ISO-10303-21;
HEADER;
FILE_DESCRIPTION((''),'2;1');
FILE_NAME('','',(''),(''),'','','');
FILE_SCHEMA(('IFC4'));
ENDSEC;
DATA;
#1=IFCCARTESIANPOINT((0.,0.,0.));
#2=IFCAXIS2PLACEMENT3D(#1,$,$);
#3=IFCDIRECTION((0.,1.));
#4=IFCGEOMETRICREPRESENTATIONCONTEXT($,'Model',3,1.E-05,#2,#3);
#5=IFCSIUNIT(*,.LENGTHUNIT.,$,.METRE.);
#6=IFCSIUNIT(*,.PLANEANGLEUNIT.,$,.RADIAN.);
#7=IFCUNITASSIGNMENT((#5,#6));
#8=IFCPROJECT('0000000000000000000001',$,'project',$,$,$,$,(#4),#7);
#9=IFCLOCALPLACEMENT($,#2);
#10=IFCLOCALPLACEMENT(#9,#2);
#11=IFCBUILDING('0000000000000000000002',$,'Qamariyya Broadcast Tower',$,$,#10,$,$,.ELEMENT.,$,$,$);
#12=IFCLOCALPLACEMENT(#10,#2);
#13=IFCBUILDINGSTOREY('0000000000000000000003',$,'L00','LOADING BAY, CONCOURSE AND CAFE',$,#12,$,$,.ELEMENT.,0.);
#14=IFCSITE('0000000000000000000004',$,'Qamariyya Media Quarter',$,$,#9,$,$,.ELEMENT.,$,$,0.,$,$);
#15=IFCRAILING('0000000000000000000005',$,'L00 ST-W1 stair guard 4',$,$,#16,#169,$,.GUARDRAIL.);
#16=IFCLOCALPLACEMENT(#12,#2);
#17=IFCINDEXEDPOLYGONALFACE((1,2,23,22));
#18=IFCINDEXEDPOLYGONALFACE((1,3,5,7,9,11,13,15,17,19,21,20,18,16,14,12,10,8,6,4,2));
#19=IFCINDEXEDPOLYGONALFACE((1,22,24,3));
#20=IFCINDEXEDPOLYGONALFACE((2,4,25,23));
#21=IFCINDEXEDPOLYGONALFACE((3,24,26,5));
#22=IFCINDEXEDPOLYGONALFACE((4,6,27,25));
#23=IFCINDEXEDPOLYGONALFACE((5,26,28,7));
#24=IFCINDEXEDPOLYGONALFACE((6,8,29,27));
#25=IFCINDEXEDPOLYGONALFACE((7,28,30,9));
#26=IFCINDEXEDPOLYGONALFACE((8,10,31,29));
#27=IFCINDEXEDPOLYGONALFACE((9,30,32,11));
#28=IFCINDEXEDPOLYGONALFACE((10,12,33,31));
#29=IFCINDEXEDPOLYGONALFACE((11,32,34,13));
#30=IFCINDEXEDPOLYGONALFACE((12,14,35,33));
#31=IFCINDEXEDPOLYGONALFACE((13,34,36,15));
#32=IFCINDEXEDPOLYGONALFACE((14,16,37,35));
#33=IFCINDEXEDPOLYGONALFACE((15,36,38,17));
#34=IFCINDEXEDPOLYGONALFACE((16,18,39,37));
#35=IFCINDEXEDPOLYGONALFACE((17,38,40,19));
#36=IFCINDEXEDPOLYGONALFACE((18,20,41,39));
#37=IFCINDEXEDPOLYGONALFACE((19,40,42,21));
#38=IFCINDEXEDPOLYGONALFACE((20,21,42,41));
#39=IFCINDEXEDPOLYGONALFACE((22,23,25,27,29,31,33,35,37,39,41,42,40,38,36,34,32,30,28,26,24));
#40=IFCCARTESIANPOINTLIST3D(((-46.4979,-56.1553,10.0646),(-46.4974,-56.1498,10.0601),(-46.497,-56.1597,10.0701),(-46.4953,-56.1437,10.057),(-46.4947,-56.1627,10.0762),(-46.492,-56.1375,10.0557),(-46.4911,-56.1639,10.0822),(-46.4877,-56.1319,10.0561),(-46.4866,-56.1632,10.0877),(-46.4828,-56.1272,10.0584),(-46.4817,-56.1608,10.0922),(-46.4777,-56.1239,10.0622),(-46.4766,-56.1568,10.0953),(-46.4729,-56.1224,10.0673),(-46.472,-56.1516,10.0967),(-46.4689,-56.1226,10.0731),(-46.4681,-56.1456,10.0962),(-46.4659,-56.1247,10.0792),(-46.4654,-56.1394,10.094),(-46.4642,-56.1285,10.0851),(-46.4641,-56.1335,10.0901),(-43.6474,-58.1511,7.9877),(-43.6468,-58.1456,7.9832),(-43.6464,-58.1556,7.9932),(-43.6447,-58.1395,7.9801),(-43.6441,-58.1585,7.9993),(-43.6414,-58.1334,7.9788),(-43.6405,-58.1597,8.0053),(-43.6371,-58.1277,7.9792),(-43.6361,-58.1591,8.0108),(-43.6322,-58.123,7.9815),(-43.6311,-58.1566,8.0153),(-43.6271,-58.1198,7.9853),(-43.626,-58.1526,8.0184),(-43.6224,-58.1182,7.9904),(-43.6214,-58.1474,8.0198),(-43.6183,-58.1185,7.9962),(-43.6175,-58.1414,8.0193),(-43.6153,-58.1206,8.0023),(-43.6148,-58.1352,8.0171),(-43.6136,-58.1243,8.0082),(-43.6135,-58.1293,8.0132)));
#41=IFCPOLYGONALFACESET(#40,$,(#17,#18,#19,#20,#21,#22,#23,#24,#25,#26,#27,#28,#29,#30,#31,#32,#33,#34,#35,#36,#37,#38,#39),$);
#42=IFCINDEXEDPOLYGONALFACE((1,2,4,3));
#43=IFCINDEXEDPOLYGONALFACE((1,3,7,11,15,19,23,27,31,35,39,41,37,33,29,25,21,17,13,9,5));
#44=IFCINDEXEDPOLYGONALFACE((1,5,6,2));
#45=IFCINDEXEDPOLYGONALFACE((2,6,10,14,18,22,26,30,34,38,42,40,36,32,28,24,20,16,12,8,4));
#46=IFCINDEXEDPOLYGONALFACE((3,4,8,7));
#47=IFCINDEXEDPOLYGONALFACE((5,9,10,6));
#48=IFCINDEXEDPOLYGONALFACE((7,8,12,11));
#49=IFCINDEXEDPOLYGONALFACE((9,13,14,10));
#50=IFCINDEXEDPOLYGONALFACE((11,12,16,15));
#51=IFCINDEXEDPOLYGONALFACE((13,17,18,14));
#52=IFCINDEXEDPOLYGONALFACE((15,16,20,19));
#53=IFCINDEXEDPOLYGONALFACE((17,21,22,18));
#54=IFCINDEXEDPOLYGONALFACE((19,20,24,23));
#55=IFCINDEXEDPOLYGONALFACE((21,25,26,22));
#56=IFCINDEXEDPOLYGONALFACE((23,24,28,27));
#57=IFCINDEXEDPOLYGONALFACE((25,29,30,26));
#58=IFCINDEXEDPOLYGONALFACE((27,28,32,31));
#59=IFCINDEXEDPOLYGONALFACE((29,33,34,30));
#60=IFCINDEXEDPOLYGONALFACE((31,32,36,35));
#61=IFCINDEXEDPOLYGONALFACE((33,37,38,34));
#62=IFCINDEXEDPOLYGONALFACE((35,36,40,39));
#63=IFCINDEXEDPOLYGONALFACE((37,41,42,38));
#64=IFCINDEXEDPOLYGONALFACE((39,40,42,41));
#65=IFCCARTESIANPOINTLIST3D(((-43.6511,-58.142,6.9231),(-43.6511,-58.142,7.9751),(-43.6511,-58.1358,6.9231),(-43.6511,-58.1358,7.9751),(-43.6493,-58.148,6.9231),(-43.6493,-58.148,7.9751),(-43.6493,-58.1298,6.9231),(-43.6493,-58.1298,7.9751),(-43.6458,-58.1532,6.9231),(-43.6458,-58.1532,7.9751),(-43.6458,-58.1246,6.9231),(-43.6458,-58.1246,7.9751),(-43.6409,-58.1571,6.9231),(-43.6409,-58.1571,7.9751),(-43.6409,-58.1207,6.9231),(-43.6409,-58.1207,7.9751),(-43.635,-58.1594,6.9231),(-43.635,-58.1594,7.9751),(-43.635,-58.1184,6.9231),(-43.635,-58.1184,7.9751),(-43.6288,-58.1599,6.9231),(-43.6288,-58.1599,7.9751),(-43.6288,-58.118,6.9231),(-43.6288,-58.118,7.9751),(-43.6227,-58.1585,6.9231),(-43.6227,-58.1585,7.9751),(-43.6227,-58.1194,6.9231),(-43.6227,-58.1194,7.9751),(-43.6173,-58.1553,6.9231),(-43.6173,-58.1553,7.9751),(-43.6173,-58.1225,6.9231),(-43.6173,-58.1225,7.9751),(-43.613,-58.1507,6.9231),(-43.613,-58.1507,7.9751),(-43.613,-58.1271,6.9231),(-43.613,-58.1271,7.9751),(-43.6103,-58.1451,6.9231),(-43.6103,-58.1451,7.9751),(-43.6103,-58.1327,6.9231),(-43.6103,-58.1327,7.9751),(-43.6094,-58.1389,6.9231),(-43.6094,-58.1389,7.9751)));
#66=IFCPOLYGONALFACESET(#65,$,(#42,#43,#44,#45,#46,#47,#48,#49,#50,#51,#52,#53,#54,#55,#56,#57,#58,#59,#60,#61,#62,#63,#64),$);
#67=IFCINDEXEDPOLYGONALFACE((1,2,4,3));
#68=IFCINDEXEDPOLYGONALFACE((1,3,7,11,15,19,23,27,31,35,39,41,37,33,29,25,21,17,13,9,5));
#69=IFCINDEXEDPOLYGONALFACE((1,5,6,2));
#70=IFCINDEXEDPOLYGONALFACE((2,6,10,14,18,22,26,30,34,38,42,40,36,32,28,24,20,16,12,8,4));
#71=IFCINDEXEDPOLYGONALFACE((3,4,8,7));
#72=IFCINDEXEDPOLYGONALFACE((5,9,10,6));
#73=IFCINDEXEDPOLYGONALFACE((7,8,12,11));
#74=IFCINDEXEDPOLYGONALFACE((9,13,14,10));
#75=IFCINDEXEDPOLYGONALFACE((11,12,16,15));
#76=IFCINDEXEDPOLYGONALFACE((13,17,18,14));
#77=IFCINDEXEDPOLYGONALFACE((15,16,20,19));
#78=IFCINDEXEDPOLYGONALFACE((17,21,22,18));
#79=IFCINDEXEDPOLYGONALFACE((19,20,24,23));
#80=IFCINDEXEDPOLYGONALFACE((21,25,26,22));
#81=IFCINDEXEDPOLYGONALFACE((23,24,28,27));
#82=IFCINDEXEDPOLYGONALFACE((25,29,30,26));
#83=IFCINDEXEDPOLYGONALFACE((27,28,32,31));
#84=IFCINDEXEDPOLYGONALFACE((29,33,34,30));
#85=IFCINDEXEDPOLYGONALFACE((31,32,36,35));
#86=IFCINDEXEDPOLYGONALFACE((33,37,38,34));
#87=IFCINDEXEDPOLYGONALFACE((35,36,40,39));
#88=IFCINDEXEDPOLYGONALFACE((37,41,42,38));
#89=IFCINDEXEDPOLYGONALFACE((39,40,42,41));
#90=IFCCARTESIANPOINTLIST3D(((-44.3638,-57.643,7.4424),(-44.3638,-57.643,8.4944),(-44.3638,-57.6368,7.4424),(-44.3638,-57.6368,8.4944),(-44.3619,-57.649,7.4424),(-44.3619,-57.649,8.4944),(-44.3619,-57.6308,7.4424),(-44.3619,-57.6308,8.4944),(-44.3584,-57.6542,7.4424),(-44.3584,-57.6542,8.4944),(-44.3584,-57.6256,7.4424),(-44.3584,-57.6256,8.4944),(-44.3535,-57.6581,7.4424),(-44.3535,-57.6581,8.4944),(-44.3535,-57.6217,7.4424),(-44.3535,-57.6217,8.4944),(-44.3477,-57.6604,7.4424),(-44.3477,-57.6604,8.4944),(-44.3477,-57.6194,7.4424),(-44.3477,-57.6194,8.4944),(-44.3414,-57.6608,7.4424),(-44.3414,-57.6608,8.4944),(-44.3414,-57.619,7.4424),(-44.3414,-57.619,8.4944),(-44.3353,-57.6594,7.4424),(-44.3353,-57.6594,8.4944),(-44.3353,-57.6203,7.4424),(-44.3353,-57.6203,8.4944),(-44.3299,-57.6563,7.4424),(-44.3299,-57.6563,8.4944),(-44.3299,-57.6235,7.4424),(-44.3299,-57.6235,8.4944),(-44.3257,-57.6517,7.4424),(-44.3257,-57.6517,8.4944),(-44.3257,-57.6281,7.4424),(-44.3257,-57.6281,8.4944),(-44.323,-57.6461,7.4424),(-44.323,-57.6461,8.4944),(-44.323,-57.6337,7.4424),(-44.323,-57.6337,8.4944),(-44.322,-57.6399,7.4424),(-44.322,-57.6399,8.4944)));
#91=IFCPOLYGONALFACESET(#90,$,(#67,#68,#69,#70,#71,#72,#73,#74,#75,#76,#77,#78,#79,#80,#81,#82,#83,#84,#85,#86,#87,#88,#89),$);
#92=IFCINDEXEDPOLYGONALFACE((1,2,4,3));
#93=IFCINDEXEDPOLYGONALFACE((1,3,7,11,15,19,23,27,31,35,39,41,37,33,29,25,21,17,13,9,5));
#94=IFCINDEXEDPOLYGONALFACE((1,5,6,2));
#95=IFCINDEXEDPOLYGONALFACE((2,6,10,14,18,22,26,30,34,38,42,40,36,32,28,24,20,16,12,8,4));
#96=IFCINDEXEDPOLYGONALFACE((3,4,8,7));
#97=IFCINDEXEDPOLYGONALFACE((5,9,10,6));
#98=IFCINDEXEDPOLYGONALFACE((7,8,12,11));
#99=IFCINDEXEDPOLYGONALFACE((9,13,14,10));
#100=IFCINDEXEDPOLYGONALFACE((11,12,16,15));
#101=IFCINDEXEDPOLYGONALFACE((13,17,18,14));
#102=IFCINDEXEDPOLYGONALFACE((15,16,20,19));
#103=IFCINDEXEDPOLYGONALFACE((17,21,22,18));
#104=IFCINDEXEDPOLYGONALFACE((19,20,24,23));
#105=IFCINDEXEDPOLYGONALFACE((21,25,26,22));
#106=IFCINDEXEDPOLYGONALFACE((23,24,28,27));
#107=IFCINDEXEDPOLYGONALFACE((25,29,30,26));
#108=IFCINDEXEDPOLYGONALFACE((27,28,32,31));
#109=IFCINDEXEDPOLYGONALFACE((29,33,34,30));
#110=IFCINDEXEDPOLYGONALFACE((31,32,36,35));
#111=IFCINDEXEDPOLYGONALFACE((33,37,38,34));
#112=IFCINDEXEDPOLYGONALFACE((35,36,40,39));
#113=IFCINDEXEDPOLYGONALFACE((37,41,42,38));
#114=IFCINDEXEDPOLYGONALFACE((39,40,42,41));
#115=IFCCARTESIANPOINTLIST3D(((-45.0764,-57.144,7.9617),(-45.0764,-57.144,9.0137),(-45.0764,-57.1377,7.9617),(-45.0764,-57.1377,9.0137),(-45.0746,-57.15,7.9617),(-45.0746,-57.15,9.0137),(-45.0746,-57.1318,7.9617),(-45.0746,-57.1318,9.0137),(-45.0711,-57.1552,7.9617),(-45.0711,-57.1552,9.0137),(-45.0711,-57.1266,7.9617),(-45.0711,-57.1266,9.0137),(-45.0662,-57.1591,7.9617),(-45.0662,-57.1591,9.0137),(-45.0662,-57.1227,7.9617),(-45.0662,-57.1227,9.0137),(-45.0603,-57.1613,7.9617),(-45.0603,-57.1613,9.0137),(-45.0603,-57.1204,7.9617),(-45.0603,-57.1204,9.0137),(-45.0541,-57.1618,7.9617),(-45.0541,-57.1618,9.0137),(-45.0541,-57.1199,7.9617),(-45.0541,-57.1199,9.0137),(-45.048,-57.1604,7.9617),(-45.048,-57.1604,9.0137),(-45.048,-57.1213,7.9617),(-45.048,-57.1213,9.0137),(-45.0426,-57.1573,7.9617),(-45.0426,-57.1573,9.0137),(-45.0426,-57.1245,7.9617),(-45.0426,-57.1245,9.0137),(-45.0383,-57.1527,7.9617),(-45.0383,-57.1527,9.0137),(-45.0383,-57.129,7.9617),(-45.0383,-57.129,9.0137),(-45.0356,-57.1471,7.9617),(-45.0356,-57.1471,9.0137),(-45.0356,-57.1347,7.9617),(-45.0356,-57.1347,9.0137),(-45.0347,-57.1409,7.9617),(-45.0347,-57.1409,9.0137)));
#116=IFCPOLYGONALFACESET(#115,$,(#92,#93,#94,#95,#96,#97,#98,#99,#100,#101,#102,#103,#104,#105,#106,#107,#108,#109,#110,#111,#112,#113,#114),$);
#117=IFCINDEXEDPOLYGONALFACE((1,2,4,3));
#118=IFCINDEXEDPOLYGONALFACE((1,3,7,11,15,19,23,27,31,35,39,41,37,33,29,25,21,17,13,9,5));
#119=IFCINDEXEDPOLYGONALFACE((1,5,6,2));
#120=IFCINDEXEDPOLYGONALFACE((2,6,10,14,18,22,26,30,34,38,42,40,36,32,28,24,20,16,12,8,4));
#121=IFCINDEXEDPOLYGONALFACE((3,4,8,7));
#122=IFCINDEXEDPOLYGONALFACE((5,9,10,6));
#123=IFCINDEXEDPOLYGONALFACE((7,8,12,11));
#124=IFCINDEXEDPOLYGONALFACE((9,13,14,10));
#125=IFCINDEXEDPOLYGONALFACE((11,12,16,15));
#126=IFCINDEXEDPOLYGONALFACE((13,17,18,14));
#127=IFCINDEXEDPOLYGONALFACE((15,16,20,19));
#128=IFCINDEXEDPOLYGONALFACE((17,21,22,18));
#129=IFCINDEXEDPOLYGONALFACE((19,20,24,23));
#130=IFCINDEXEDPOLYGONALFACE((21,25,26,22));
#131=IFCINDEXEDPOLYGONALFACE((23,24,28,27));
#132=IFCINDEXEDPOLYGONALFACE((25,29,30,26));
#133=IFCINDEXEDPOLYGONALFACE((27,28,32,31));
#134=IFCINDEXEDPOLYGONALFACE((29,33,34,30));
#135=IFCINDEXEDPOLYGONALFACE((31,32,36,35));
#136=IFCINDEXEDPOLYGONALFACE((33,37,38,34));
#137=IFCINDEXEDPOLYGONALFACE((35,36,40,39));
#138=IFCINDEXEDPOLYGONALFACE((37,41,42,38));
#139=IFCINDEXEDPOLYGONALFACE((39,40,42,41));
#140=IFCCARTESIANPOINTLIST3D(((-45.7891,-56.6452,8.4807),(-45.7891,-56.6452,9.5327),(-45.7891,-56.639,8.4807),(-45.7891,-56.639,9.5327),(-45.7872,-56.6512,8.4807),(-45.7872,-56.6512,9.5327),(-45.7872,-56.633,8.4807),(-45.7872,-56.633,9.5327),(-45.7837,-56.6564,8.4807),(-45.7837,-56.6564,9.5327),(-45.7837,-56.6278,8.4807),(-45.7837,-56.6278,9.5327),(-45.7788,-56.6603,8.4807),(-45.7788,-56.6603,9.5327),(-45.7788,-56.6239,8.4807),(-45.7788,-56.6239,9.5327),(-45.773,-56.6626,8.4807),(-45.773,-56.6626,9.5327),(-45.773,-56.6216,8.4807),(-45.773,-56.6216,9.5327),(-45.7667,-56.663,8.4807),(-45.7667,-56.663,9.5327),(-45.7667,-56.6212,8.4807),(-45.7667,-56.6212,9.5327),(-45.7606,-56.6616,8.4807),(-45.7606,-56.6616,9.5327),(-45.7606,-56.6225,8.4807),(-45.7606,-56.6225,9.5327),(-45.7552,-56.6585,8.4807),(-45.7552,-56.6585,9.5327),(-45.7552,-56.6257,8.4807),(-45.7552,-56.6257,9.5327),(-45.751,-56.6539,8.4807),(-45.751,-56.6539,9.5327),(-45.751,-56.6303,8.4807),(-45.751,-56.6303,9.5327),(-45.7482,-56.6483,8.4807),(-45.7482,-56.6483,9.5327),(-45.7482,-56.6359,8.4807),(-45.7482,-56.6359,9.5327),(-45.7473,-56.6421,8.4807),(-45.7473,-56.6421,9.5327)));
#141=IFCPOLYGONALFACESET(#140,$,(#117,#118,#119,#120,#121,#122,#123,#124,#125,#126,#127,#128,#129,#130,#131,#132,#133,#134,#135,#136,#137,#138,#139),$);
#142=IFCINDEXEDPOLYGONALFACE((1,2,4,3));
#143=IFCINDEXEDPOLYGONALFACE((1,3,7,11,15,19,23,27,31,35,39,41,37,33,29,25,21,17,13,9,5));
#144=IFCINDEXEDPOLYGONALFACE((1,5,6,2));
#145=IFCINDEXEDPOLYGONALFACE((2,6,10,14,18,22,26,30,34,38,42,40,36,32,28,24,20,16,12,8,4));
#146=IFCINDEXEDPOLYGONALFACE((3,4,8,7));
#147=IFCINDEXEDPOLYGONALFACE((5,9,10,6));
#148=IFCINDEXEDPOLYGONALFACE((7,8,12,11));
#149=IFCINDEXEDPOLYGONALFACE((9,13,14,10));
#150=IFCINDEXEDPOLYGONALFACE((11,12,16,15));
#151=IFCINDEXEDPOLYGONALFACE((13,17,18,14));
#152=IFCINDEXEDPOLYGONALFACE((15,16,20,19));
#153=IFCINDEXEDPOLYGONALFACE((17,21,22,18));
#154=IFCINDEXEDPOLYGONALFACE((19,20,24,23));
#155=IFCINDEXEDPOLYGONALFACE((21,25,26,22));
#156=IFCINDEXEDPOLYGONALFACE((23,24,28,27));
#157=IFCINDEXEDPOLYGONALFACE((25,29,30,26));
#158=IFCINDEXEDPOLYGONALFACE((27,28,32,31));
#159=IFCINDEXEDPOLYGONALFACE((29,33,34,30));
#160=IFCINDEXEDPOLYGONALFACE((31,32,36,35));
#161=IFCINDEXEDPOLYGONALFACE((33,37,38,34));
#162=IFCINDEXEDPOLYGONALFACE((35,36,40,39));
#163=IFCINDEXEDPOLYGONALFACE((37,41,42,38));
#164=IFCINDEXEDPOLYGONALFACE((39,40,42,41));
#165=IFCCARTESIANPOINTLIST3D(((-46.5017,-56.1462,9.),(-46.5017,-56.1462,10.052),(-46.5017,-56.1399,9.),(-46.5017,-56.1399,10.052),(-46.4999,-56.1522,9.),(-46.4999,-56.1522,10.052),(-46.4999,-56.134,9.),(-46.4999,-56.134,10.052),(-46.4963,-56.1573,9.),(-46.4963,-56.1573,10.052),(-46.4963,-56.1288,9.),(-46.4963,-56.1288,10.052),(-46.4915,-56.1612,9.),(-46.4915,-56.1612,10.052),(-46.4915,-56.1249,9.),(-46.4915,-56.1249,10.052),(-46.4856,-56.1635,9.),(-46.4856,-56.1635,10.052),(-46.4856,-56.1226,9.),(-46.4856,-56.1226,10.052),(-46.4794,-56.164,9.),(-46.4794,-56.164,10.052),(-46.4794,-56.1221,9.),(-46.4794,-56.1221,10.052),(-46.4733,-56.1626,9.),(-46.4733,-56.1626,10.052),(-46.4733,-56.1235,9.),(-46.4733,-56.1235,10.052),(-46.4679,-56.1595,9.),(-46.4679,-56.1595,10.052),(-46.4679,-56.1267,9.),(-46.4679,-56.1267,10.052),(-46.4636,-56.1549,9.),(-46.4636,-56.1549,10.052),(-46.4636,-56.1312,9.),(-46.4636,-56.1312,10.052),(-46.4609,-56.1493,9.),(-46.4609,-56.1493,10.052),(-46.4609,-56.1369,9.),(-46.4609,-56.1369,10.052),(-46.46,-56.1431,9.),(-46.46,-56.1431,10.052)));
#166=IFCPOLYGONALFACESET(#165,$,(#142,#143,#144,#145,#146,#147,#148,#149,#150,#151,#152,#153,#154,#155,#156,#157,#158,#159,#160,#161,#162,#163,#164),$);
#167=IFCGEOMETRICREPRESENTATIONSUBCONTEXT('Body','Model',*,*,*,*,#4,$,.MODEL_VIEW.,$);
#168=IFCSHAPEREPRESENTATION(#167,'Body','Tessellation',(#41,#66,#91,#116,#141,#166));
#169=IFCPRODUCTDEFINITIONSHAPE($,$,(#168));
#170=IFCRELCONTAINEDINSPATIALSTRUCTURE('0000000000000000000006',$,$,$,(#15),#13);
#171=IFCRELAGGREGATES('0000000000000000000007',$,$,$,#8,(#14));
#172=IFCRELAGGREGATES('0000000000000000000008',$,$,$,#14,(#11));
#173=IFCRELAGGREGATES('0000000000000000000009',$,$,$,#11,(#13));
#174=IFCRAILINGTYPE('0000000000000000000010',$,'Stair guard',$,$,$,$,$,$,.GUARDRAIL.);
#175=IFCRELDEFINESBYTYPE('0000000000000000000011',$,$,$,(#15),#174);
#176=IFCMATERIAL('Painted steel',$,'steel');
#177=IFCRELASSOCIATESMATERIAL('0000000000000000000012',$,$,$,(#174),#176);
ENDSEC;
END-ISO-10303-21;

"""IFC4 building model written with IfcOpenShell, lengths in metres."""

from ifc_helpers import new_model, si_unit, direction, frame, origin, origin_2d, place, context, subcontext, project, spatial, circle, extrude, material, type_object, element, save


model = new_model("IFC4")

# Units and contexts
model_context = context("Model", 3, precision=1e-05, world=origin(), true_north=direction((0.0, 1.0)))
body_context = subcontext(model_context, "Body", "Model", "MODEL_VIEW")
ifc_project = project(units=[si_unit("LENGTHUNIT", "METRE"), si_unit("PLANEANGLEUNIT", "RADIAN")], contexts=[model_context])

# Site, building, storey
site_placement = place(None, origin())
site = spatial("IfcSite", under=ifc_project, at=site_placement, Name="Qamariyya Media Quarter", CompositionType="ELEMENT", RefElevation=0.0)
building_placement = place(site_placement, origin())
building = spatial("IfcBuilding", under=site, at=building_placement, Name="Qamariyya Broadcast Tower", CompositionType="ELEMENT")
storey_placement = place(building_placement, origin())
storey = spatial("IfcBuildingStorey", under=building, at=storey_placement, Name="L00", Description="LOADING BAY, CONCOURSE AND CAFE", CompositionType="ELEMENT", Elevation=0.0)

# Railing
ifc_material_1 = material(Name="Painted steel", Category="steel")
railing_type = type_object("IfcRailingType", Name="Stair guard", PredefinedType="GUARDRAIL", material=ifc_material_1)
railing_1_placement = place(storey_placement, frame((-43.6304, -58.1389, 6.9231)))
element("IfcRailing", 1, at=railing_1_placement, inside=storey, type_object=railing_type, Name="L00 ST-W1 stair guard 4", PredefinedType="GUARDRAIL", context=body_context, shape_type="SweptSolid", body=[
    extrude(circle(Radius=0.0239, at=origin_2d()), frame((0.0, 0.0, 1.0762), z_axis=(-0.703414, 0.492498, 0.512499), x_axis=(-0.573547, -0.819173, 0.0)), (0.0, 0.0, 1.0), 4.0525),
    extrude(circle(Radius=0.021, at=origin_2d()), origin(), (0.0, 0.0, 1.0), 1.052),
    extrude(circle(Radius=0.021, at=origin_2d()), frame((-0.7126, 0.499, 0.5193)), (0.0, 0.0, 1.0), 1.052),
    extrude(circle(Radius=0.021, at=origin_2d()), frame((-1.4253, 0.998, 1.0386)), (0.0, 0.0, 1.0), 1.052),
    extrude(circle(Radius=0.021, at=origin_2d()), frame((-2.1379, 1.4968, 1.5576)), (0.0, 0.0, 1.0), 1.052),
    extrude(circle(Radius=0.021, at=origin_2d()), frame((-2.8506, 1.9958, 2.0769)), (0.0, 0.0, 1.0), 1.052),
])

save(model, "model.ifc")
